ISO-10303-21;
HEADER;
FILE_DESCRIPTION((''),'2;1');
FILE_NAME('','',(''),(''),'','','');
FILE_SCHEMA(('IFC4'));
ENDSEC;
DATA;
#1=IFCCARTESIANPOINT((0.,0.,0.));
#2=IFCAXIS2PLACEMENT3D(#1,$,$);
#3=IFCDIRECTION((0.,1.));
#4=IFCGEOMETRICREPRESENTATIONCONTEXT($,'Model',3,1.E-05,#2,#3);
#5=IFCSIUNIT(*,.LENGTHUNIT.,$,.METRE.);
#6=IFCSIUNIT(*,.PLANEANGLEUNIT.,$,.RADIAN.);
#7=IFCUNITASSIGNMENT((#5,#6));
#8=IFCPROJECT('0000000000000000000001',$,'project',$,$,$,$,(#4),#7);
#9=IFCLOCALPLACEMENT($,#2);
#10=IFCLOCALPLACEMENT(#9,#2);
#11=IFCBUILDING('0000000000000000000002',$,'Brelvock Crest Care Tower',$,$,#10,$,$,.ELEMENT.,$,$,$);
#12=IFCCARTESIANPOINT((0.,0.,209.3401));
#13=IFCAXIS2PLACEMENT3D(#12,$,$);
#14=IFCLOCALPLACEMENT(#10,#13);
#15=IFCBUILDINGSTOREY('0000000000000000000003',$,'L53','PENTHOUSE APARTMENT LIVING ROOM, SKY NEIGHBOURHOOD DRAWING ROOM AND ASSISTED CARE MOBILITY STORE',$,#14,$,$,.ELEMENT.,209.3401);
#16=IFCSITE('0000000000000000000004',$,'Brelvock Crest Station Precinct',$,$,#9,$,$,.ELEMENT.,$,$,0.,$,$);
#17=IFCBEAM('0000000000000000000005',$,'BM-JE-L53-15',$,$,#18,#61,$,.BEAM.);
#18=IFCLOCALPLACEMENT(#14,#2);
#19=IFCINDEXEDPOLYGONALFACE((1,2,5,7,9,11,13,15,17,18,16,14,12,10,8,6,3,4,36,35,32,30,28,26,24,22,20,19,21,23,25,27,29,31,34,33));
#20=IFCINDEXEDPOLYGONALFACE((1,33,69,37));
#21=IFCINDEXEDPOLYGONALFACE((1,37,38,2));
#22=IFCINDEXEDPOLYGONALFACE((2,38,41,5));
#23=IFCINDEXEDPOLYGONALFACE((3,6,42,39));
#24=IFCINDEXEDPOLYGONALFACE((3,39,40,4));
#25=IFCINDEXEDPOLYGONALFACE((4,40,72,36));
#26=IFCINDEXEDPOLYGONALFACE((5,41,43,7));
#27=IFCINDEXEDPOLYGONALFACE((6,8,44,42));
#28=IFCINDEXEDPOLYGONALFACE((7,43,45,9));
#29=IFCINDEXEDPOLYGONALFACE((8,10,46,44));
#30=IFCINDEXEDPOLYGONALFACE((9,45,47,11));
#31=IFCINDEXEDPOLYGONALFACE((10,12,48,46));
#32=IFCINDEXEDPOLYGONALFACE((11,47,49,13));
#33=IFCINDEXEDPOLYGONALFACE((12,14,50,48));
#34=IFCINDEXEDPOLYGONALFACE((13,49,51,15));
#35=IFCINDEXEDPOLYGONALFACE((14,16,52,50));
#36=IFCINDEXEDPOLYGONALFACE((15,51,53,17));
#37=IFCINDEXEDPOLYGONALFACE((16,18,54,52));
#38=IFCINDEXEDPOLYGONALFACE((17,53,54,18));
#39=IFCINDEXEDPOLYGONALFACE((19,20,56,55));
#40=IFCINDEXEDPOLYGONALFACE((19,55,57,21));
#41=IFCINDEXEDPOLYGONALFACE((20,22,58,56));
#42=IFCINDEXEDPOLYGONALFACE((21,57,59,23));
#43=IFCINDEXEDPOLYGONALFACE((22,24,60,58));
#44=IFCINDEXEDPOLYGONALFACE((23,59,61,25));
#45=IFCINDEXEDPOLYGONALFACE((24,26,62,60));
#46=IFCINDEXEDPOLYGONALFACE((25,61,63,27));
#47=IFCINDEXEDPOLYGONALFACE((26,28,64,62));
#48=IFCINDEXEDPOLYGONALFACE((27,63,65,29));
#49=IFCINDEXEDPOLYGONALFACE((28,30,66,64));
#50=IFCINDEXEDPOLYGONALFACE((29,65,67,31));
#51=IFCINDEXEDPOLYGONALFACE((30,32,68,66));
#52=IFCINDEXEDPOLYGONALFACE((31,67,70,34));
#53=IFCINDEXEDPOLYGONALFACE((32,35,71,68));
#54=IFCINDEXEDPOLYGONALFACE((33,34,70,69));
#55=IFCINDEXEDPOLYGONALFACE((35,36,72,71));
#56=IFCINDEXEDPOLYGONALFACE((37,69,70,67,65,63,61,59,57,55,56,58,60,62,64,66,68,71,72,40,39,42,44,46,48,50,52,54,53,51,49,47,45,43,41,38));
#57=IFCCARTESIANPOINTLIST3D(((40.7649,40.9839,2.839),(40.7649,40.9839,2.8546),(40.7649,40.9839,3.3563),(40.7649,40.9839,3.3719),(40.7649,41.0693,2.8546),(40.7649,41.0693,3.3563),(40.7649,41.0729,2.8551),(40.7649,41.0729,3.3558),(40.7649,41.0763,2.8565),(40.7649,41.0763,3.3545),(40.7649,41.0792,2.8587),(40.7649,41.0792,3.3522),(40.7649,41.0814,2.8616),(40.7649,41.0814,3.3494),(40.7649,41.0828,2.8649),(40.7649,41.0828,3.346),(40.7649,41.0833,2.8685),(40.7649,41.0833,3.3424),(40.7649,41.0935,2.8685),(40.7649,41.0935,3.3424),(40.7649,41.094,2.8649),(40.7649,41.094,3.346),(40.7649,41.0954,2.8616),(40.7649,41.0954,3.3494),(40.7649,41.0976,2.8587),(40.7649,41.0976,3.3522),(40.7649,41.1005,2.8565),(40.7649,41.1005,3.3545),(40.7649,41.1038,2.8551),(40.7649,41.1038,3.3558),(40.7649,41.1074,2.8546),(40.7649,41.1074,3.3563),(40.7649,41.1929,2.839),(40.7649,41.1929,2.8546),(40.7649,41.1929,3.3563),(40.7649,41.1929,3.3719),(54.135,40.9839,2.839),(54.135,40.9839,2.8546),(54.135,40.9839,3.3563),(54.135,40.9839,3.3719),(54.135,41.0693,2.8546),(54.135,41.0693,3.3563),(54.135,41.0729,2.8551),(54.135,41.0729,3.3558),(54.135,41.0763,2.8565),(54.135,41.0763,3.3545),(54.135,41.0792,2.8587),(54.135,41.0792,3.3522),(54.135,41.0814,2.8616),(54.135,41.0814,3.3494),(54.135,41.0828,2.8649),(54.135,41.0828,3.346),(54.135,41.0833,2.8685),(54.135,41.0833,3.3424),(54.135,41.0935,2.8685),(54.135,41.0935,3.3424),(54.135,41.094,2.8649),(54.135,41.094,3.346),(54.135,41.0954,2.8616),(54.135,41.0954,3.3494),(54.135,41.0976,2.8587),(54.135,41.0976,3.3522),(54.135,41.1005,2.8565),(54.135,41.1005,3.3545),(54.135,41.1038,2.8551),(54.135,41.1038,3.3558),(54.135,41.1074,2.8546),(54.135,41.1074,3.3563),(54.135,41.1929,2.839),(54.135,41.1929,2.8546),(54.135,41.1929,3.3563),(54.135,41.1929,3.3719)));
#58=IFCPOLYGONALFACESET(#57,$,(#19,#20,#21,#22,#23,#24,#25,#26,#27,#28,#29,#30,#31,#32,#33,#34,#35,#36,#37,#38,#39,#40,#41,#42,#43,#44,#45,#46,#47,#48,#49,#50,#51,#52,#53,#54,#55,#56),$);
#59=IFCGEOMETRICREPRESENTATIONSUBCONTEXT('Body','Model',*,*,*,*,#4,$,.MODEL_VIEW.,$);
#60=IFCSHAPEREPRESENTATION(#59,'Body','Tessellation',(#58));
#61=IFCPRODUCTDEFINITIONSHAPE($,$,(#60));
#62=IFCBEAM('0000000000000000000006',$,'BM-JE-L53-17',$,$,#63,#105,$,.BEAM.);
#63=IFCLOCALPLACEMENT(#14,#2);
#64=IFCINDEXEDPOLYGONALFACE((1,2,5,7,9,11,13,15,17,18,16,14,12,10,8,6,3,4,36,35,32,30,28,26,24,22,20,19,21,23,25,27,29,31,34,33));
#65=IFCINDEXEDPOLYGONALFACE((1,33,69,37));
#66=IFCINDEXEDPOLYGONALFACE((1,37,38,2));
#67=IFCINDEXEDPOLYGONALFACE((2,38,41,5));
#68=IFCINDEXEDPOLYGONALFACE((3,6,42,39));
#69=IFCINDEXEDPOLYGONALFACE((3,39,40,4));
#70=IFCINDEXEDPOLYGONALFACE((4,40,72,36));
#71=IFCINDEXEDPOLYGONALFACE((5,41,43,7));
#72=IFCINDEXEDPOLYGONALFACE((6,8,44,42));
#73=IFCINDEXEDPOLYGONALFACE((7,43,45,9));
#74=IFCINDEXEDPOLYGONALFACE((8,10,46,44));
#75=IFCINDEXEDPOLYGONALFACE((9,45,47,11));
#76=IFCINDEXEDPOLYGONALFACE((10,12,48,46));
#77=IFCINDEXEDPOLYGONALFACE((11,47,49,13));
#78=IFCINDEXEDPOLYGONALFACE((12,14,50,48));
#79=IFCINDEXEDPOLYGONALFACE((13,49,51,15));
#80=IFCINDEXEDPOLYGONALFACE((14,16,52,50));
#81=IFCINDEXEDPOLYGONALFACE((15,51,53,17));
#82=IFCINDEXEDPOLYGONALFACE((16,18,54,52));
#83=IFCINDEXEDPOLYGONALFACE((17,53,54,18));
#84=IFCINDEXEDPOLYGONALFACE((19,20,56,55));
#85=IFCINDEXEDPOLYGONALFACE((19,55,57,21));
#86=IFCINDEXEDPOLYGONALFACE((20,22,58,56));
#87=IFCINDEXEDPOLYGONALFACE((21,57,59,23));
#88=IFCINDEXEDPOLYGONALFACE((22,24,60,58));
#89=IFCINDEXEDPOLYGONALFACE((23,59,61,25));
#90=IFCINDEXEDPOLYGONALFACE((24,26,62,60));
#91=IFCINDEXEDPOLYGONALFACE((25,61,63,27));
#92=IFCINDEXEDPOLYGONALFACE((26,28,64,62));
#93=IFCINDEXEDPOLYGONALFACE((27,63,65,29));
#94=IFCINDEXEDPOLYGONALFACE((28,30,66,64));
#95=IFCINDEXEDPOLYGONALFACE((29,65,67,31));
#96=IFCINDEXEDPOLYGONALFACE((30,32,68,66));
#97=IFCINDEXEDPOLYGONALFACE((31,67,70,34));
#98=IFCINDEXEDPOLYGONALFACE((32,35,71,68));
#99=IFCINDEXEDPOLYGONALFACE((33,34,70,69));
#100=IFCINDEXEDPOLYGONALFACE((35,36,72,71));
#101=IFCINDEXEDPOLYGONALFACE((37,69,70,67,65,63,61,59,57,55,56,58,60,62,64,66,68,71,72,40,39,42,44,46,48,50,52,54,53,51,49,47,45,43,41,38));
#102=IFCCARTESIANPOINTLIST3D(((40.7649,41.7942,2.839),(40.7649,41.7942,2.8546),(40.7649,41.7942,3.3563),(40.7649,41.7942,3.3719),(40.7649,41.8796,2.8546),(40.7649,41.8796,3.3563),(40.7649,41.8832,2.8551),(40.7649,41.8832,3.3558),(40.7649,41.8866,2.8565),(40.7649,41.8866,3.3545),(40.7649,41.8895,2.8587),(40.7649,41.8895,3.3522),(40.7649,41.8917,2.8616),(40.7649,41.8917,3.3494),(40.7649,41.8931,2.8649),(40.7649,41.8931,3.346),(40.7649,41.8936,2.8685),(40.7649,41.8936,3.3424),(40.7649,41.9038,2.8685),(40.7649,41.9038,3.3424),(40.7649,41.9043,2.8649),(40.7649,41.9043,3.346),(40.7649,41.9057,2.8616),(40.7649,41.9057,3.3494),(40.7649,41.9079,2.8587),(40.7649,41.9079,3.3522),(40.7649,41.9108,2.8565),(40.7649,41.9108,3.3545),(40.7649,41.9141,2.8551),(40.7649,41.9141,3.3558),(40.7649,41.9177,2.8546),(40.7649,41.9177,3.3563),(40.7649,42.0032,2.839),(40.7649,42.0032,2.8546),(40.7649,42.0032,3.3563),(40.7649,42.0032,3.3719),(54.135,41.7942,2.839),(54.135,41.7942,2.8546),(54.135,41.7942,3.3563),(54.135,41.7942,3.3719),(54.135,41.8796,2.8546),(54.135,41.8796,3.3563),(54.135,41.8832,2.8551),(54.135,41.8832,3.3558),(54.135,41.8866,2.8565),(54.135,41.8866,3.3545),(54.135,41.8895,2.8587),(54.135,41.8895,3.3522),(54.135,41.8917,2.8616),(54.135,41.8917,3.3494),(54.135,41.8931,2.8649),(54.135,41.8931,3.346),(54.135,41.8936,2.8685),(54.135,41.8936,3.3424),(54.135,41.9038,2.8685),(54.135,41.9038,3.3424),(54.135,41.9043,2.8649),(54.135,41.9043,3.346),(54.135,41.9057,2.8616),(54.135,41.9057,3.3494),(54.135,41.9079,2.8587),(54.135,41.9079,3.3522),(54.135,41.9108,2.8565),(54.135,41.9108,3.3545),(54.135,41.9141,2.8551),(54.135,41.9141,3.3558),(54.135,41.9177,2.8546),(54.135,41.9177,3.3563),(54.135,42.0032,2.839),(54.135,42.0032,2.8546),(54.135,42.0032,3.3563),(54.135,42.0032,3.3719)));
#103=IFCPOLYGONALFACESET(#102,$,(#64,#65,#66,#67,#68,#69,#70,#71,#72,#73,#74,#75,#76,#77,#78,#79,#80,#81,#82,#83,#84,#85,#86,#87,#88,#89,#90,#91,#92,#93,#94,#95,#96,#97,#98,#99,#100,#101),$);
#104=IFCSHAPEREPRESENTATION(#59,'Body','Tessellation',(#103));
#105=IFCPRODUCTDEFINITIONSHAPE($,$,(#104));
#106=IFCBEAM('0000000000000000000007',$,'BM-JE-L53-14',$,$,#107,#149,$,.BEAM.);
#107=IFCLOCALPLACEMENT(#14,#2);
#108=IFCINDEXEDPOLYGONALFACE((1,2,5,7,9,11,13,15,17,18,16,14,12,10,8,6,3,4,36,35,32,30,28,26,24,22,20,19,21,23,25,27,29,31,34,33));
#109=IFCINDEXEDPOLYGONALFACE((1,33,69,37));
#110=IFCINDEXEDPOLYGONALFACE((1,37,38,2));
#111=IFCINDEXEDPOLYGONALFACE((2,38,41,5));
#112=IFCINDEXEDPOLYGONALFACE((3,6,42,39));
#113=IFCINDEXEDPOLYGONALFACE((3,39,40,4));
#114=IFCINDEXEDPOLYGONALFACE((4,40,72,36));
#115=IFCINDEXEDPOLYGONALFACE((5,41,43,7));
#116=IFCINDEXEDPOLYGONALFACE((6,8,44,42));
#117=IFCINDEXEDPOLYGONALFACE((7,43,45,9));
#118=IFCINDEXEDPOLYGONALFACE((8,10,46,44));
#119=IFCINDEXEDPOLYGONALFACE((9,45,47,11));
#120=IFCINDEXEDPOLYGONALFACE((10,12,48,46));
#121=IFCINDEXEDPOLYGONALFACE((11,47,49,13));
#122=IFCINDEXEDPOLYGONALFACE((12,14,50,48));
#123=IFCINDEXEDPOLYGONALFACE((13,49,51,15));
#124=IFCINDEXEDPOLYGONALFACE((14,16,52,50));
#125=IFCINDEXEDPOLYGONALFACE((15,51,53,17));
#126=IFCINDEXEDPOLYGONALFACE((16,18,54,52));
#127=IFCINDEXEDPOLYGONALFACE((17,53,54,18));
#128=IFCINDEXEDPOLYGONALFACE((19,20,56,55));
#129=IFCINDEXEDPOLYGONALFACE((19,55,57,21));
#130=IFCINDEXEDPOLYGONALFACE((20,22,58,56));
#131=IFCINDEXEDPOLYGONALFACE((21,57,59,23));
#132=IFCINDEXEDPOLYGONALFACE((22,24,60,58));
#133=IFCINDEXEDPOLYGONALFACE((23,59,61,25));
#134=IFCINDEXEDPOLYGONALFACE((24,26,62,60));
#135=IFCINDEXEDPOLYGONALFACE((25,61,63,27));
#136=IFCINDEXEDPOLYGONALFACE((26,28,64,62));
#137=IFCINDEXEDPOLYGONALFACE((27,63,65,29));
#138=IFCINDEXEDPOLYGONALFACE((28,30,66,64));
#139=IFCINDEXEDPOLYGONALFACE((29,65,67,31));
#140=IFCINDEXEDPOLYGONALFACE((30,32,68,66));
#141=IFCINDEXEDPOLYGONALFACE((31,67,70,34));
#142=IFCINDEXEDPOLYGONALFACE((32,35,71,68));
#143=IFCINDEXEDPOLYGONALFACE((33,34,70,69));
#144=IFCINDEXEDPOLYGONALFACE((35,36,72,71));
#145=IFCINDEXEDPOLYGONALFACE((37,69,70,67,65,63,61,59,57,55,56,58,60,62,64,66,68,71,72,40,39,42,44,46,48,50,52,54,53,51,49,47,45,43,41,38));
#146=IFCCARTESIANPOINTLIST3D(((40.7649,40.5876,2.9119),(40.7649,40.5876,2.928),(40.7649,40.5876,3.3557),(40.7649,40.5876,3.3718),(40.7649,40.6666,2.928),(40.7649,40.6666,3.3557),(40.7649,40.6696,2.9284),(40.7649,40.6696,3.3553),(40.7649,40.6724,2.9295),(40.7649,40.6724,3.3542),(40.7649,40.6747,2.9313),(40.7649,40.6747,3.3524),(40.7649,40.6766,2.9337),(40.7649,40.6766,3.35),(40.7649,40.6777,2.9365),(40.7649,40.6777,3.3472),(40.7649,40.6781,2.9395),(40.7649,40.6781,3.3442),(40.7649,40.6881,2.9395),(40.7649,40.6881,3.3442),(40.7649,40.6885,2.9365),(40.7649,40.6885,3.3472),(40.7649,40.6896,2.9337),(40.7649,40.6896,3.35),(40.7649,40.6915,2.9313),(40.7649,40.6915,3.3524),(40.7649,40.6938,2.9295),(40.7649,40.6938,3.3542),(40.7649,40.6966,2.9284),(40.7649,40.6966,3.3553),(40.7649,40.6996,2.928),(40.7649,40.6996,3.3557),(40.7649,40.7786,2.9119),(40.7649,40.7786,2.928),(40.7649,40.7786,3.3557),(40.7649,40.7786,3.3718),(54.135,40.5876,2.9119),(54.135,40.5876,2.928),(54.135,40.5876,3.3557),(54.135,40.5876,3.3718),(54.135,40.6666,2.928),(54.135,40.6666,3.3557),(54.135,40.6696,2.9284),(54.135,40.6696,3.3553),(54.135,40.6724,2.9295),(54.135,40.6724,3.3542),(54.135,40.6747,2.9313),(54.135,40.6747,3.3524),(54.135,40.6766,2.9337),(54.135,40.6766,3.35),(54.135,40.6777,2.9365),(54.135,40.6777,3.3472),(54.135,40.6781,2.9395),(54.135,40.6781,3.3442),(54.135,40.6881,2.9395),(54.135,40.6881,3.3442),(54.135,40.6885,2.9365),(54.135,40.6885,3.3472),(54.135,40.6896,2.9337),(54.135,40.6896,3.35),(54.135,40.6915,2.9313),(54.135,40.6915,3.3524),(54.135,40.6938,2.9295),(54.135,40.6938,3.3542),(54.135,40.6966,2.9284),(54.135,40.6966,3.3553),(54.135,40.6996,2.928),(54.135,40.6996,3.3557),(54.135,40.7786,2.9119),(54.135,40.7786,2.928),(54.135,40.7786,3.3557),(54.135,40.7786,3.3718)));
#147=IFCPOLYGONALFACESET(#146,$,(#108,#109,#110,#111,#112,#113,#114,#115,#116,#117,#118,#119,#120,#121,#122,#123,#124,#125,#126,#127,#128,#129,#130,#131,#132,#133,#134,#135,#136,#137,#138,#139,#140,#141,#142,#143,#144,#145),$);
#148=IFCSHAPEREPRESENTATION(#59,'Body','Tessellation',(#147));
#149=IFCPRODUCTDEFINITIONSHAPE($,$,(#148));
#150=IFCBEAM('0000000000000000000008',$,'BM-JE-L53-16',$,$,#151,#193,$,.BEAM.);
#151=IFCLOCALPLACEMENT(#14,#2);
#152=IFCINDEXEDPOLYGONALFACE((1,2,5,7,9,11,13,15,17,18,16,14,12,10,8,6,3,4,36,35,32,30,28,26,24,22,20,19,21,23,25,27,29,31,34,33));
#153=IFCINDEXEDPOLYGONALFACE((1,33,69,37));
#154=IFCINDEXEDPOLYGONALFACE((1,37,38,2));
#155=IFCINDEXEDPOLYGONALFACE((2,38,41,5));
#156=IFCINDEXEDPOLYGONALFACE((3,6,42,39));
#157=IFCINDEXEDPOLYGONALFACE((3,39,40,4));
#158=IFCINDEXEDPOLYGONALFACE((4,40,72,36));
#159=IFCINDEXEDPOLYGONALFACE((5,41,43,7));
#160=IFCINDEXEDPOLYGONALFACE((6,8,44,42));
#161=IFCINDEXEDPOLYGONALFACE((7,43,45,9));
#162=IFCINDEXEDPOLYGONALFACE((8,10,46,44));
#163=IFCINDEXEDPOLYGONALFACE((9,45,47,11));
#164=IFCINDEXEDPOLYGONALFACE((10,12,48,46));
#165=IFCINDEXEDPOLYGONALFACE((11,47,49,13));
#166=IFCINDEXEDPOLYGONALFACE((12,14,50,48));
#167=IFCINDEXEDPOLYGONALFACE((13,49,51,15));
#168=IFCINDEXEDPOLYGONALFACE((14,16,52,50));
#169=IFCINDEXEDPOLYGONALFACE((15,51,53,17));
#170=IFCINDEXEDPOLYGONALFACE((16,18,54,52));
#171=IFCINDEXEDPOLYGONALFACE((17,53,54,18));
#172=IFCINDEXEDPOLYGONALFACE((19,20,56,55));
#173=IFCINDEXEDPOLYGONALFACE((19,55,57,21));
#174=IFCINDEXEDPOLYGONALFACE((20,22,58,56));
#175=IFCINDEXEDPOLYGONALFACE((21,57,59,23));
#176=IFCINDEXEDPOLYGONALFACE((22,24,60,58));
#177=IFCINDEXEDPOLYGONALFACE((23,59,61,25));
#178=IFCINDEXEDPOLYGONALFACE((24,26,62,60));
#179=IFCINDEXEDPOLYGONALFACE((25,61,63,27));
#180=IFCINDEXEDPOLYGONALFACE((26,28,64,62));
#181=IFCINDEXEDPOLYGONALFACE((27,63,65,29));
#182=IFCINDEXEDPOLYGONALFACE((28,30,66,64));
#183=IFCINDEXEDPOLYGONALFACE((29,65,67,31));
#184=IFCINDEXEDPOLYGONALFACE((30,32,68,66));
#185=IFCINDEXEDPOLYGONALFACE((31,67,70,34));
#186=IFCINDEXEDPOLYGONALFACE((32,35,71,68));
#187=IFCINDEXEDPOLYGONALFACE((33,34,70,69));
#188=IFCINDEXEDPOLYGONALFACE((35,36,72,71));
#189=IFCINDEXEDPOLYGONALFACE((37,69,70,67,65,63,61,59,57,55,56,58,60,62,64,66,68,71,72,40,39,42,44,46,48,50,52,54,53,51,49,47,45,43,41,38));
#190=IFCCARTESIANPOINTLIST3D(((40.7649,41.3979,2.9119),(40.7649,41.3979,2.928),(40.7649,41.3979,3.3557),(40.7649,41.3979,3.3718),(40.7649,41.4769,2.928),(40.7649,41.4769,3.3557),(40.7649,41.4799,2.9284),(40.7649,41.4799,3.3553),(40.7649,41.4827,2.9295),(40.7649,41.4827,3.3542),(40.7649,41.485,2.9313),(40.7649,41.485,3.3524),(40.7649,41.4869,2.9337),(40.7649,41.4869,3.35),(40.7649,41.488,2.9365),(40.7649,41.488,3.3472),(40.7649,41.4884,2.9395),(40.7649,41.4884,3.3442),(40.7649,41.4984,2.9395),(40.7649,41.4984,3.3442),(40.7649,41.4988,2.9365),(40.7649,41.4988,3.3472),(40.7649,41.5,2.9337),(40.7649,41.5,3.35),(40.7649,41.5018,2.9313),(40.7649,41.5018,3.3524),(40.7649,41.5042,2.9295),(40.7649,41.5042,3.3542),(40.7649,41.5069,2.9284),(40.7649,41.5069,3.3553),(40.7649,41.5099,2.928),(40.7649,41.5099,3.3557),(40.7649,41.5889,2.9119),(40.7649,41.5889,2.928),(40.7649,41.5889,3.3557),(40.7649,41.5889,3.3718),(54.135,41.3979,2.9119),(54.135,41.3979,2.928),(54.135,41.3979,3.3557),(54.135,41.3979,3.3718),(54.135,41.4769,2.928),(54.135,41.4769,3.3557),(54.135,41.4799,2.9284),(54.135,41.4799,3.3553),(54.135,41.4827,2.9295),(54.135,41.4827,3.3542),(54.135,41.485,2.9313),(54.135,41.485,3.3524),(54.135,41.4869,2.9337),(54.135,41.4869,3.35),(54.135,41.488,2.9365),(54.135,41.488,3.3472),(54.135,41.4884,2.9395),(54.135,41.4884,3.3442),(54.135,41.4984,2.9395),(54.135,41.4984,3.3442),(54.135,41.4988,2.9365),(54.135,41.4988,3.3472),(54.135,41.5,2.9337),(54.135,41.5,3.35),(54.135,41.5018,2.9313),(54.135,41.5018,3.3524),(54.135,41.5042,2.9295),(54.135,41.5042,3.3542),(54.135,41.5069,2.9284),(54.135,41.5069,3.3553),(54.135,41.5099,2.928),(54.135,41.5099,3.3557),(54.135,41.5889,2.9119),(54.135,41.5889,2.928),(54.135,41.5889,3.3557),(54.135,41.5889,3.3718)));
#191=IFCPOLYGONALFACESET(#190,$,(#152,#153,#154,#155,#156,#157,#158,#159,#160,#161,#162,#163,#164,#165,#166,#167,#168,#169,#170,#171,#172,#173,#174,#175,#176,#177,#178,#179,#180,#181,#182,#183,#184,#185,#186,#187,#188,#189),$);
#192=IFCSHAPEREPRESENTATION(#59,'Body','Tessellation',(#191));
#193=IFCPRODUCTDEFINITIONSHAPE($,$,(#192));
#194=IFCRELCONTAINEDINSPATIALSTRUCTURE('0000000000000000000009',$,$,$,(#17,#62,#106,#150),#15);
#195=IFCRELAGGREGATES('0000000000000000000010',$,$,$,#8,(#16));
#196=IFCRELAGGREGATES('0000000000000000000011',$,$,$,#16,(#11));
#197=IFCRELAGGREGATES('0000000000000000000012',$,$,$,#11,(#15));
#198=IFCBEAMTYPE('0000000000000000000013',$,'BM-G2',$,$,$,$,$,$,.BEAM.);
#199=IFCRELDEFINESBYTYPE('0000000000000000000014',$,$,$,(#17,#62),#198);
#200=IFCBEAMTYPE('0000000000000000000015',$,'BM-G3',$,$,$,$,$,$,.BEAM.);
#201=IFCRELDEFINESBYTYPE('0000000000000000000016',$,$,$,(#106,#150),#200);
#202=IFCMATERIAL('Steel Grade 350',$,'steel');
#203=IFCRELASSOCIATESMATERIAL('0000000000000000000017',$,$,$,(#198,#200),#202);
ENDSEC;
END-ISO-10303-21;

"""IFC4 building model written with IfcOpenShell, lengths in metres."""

from ifc_helpers import new_model, si_unit, direction, frame, origin, origin_2d, place, context, subcontext, project, spatial, i_section, extrude, source, transform, mapped, material, material_profile, profile_set, type_object, element, save


model = new_model("IFC4")

# Units and contexts
model_context = context("Model", 3, precision=1e-05, world=origin(), true_north=direction((0.0, 1.0)))
body_context = subcontext(model_context, "Body", "Model", "MODEL_VIEW")
ifc_project = project(units=[si_unit("LENGTHUNIT", "METRE"), si_unit("PLANEANGLEUNIT", "RADIAN")], contexts=[model_context])

# Site, building, storey
site_placement = place(None, origin())
site = spatial("IfcSite", under=ifc_project, at=site_placement, Name="Brelvock Crest Station Precinct", CompositionType="ELEMENT", RefElevation=0.0)
building_placement = place(site_placement, origin())
building = spatial("IfcBuilding", under=site, at=building_placement, Name="Brelvock Crest Care Tower", CompositionType="ELEMENT")
storey_placement = place(building_placement, frame((0.0, 0.0, 209.3401)))
storey = spatial("IfcBuildingStorey", under=building, at=storey_placement, Name="L53", Description="PENTHOUSE APARTMENT LIVING ROOM, SKY NEIGHBOURHOOD DRAWING ROOM AND ASSISTED CARE MOBILITY STORE", CompositionType="ELEMENT", Elevation=209.3401)

# Beams
ifc_material_1 = material(Name="Steel Grade 350", Category="steel")
ifc_material_profile_1 = material_profile(ifc_material_1, i_section(OverallWidth=0.209, OverallDepth=0.533, WebThickness=0.0103, FlangeThickness=0.0156, FilletRadius=0.0139, at=origin_2d()), Name="530UB92.4")
ifc_profile_set_1 = profile_set([ifc_material_profile_1], Name="Steel Grade 350")
beam_type_1 = type_object("IfcBeamType", Name="BM-G2", PredefinedType="BEAM", material=ifc_profile_set_1)
shared_shape_1 = source(origin(), body_context, "Body", "SweptSolid", [
    extrude(i_section(OverallWidth=0.209, OverallDepth=0.533, WebThickness=0.0103, FlangeThickness=0.0156, FilletRadius=0.0139, at=origin_2d()), origin(), (0.0, 0.0, 1.0), 13.3701),
])
for number, where, z_axis, x_axis, name in (
    (1, (40.7649, 41.0884, 3.1055), (1.0, 0.0, 0.0), (0.0, 1.0, 0.0), "BM-JE-L53-15"),
    (2, (40.7649, 41.8987, 3.1055), (1.0, 0.0, 0.0), (0.0, 1.0, 0.0), "BM-JE-L53-17"),
):
    element("IfcBeam", number, at=place(storey_placement, frame(where, z_axis=z_axis, x_axis=x_axis)), inside=storey, type_object=beam_type_1, Name=name, PredefinedType="BEAM", context=body_context, shape_type="MappedRepresentation", body=[
        mapped(shared_shape_1, transform((0.0, 0.0, 0.0), x_axis=(1.0, 0.0, 0.0), y_axis=(0.0, 1.0, 0.0), z_axis=(0.0, 0.0, 1.0), scale=1.0)),
    ])
ifc_material_profile_2 = material_profile(ifc_material_1, i_section(OverallWidth=0.1909, OverallDepth=0.46, WebThickness=0.01, FlangeThickness=0.0161, FilletRadius=0.0115, at=origin_2d()), Name="460UB82.1")
ifc_profile_set_2 = profile_set([ifc_material_profile_2], Name="Steel Grade 350")
beam_type_2 = type_object("IfcBeamType", Name="BM-G3", PredefinedType="BEAM", material=ifc_profile_set_2)
shared_shape_2 = source(origin(), body_context, "Body", "SweptSolid", [
    extrude(i_section(OverallWidth=0.1909, OverallDepth=0.46, WebThickness=0.01, FlangeThickness=0.0161, FilletRadius=0.0115, at=origin_2d()), origin(), (0.0, 0.0, 1.0), 13.3701),
])
for number, where, z_axis, x_axis, name in (
    (3, (40.7649, 40.6831, 3.1418), (1.0, 0.0, 0.0), (0.0, 1.0, 0.0), "BM-JE-L53-14"),
    (4, (40.7649, 41.4934, 3.1418), (1.0, 0.0, 0.0), (0.0, 1.0, 0.0), "BM-JE-L53-16"),
):
    element("IfcBeam", number, at=place(storey_placement, frame(where, z_axis=z_axis, x_axis=x_axis)), inside=storey, type_object=beam_type_2, Name=name, PredefinedType="BEAM", context=body_context, shape_type="MappedRepresentation", body=[
        mapped(shared_shape_2, transform((0.0, 0.0, 0.0), x_axis=(1.0, 0.0, 0.0), y_axis=(0.0, 1.0, 0.0), z_axis=(0.0, 0.0, 1.0), scale=1.0)),
    ])

save(model, "model.ifc")
